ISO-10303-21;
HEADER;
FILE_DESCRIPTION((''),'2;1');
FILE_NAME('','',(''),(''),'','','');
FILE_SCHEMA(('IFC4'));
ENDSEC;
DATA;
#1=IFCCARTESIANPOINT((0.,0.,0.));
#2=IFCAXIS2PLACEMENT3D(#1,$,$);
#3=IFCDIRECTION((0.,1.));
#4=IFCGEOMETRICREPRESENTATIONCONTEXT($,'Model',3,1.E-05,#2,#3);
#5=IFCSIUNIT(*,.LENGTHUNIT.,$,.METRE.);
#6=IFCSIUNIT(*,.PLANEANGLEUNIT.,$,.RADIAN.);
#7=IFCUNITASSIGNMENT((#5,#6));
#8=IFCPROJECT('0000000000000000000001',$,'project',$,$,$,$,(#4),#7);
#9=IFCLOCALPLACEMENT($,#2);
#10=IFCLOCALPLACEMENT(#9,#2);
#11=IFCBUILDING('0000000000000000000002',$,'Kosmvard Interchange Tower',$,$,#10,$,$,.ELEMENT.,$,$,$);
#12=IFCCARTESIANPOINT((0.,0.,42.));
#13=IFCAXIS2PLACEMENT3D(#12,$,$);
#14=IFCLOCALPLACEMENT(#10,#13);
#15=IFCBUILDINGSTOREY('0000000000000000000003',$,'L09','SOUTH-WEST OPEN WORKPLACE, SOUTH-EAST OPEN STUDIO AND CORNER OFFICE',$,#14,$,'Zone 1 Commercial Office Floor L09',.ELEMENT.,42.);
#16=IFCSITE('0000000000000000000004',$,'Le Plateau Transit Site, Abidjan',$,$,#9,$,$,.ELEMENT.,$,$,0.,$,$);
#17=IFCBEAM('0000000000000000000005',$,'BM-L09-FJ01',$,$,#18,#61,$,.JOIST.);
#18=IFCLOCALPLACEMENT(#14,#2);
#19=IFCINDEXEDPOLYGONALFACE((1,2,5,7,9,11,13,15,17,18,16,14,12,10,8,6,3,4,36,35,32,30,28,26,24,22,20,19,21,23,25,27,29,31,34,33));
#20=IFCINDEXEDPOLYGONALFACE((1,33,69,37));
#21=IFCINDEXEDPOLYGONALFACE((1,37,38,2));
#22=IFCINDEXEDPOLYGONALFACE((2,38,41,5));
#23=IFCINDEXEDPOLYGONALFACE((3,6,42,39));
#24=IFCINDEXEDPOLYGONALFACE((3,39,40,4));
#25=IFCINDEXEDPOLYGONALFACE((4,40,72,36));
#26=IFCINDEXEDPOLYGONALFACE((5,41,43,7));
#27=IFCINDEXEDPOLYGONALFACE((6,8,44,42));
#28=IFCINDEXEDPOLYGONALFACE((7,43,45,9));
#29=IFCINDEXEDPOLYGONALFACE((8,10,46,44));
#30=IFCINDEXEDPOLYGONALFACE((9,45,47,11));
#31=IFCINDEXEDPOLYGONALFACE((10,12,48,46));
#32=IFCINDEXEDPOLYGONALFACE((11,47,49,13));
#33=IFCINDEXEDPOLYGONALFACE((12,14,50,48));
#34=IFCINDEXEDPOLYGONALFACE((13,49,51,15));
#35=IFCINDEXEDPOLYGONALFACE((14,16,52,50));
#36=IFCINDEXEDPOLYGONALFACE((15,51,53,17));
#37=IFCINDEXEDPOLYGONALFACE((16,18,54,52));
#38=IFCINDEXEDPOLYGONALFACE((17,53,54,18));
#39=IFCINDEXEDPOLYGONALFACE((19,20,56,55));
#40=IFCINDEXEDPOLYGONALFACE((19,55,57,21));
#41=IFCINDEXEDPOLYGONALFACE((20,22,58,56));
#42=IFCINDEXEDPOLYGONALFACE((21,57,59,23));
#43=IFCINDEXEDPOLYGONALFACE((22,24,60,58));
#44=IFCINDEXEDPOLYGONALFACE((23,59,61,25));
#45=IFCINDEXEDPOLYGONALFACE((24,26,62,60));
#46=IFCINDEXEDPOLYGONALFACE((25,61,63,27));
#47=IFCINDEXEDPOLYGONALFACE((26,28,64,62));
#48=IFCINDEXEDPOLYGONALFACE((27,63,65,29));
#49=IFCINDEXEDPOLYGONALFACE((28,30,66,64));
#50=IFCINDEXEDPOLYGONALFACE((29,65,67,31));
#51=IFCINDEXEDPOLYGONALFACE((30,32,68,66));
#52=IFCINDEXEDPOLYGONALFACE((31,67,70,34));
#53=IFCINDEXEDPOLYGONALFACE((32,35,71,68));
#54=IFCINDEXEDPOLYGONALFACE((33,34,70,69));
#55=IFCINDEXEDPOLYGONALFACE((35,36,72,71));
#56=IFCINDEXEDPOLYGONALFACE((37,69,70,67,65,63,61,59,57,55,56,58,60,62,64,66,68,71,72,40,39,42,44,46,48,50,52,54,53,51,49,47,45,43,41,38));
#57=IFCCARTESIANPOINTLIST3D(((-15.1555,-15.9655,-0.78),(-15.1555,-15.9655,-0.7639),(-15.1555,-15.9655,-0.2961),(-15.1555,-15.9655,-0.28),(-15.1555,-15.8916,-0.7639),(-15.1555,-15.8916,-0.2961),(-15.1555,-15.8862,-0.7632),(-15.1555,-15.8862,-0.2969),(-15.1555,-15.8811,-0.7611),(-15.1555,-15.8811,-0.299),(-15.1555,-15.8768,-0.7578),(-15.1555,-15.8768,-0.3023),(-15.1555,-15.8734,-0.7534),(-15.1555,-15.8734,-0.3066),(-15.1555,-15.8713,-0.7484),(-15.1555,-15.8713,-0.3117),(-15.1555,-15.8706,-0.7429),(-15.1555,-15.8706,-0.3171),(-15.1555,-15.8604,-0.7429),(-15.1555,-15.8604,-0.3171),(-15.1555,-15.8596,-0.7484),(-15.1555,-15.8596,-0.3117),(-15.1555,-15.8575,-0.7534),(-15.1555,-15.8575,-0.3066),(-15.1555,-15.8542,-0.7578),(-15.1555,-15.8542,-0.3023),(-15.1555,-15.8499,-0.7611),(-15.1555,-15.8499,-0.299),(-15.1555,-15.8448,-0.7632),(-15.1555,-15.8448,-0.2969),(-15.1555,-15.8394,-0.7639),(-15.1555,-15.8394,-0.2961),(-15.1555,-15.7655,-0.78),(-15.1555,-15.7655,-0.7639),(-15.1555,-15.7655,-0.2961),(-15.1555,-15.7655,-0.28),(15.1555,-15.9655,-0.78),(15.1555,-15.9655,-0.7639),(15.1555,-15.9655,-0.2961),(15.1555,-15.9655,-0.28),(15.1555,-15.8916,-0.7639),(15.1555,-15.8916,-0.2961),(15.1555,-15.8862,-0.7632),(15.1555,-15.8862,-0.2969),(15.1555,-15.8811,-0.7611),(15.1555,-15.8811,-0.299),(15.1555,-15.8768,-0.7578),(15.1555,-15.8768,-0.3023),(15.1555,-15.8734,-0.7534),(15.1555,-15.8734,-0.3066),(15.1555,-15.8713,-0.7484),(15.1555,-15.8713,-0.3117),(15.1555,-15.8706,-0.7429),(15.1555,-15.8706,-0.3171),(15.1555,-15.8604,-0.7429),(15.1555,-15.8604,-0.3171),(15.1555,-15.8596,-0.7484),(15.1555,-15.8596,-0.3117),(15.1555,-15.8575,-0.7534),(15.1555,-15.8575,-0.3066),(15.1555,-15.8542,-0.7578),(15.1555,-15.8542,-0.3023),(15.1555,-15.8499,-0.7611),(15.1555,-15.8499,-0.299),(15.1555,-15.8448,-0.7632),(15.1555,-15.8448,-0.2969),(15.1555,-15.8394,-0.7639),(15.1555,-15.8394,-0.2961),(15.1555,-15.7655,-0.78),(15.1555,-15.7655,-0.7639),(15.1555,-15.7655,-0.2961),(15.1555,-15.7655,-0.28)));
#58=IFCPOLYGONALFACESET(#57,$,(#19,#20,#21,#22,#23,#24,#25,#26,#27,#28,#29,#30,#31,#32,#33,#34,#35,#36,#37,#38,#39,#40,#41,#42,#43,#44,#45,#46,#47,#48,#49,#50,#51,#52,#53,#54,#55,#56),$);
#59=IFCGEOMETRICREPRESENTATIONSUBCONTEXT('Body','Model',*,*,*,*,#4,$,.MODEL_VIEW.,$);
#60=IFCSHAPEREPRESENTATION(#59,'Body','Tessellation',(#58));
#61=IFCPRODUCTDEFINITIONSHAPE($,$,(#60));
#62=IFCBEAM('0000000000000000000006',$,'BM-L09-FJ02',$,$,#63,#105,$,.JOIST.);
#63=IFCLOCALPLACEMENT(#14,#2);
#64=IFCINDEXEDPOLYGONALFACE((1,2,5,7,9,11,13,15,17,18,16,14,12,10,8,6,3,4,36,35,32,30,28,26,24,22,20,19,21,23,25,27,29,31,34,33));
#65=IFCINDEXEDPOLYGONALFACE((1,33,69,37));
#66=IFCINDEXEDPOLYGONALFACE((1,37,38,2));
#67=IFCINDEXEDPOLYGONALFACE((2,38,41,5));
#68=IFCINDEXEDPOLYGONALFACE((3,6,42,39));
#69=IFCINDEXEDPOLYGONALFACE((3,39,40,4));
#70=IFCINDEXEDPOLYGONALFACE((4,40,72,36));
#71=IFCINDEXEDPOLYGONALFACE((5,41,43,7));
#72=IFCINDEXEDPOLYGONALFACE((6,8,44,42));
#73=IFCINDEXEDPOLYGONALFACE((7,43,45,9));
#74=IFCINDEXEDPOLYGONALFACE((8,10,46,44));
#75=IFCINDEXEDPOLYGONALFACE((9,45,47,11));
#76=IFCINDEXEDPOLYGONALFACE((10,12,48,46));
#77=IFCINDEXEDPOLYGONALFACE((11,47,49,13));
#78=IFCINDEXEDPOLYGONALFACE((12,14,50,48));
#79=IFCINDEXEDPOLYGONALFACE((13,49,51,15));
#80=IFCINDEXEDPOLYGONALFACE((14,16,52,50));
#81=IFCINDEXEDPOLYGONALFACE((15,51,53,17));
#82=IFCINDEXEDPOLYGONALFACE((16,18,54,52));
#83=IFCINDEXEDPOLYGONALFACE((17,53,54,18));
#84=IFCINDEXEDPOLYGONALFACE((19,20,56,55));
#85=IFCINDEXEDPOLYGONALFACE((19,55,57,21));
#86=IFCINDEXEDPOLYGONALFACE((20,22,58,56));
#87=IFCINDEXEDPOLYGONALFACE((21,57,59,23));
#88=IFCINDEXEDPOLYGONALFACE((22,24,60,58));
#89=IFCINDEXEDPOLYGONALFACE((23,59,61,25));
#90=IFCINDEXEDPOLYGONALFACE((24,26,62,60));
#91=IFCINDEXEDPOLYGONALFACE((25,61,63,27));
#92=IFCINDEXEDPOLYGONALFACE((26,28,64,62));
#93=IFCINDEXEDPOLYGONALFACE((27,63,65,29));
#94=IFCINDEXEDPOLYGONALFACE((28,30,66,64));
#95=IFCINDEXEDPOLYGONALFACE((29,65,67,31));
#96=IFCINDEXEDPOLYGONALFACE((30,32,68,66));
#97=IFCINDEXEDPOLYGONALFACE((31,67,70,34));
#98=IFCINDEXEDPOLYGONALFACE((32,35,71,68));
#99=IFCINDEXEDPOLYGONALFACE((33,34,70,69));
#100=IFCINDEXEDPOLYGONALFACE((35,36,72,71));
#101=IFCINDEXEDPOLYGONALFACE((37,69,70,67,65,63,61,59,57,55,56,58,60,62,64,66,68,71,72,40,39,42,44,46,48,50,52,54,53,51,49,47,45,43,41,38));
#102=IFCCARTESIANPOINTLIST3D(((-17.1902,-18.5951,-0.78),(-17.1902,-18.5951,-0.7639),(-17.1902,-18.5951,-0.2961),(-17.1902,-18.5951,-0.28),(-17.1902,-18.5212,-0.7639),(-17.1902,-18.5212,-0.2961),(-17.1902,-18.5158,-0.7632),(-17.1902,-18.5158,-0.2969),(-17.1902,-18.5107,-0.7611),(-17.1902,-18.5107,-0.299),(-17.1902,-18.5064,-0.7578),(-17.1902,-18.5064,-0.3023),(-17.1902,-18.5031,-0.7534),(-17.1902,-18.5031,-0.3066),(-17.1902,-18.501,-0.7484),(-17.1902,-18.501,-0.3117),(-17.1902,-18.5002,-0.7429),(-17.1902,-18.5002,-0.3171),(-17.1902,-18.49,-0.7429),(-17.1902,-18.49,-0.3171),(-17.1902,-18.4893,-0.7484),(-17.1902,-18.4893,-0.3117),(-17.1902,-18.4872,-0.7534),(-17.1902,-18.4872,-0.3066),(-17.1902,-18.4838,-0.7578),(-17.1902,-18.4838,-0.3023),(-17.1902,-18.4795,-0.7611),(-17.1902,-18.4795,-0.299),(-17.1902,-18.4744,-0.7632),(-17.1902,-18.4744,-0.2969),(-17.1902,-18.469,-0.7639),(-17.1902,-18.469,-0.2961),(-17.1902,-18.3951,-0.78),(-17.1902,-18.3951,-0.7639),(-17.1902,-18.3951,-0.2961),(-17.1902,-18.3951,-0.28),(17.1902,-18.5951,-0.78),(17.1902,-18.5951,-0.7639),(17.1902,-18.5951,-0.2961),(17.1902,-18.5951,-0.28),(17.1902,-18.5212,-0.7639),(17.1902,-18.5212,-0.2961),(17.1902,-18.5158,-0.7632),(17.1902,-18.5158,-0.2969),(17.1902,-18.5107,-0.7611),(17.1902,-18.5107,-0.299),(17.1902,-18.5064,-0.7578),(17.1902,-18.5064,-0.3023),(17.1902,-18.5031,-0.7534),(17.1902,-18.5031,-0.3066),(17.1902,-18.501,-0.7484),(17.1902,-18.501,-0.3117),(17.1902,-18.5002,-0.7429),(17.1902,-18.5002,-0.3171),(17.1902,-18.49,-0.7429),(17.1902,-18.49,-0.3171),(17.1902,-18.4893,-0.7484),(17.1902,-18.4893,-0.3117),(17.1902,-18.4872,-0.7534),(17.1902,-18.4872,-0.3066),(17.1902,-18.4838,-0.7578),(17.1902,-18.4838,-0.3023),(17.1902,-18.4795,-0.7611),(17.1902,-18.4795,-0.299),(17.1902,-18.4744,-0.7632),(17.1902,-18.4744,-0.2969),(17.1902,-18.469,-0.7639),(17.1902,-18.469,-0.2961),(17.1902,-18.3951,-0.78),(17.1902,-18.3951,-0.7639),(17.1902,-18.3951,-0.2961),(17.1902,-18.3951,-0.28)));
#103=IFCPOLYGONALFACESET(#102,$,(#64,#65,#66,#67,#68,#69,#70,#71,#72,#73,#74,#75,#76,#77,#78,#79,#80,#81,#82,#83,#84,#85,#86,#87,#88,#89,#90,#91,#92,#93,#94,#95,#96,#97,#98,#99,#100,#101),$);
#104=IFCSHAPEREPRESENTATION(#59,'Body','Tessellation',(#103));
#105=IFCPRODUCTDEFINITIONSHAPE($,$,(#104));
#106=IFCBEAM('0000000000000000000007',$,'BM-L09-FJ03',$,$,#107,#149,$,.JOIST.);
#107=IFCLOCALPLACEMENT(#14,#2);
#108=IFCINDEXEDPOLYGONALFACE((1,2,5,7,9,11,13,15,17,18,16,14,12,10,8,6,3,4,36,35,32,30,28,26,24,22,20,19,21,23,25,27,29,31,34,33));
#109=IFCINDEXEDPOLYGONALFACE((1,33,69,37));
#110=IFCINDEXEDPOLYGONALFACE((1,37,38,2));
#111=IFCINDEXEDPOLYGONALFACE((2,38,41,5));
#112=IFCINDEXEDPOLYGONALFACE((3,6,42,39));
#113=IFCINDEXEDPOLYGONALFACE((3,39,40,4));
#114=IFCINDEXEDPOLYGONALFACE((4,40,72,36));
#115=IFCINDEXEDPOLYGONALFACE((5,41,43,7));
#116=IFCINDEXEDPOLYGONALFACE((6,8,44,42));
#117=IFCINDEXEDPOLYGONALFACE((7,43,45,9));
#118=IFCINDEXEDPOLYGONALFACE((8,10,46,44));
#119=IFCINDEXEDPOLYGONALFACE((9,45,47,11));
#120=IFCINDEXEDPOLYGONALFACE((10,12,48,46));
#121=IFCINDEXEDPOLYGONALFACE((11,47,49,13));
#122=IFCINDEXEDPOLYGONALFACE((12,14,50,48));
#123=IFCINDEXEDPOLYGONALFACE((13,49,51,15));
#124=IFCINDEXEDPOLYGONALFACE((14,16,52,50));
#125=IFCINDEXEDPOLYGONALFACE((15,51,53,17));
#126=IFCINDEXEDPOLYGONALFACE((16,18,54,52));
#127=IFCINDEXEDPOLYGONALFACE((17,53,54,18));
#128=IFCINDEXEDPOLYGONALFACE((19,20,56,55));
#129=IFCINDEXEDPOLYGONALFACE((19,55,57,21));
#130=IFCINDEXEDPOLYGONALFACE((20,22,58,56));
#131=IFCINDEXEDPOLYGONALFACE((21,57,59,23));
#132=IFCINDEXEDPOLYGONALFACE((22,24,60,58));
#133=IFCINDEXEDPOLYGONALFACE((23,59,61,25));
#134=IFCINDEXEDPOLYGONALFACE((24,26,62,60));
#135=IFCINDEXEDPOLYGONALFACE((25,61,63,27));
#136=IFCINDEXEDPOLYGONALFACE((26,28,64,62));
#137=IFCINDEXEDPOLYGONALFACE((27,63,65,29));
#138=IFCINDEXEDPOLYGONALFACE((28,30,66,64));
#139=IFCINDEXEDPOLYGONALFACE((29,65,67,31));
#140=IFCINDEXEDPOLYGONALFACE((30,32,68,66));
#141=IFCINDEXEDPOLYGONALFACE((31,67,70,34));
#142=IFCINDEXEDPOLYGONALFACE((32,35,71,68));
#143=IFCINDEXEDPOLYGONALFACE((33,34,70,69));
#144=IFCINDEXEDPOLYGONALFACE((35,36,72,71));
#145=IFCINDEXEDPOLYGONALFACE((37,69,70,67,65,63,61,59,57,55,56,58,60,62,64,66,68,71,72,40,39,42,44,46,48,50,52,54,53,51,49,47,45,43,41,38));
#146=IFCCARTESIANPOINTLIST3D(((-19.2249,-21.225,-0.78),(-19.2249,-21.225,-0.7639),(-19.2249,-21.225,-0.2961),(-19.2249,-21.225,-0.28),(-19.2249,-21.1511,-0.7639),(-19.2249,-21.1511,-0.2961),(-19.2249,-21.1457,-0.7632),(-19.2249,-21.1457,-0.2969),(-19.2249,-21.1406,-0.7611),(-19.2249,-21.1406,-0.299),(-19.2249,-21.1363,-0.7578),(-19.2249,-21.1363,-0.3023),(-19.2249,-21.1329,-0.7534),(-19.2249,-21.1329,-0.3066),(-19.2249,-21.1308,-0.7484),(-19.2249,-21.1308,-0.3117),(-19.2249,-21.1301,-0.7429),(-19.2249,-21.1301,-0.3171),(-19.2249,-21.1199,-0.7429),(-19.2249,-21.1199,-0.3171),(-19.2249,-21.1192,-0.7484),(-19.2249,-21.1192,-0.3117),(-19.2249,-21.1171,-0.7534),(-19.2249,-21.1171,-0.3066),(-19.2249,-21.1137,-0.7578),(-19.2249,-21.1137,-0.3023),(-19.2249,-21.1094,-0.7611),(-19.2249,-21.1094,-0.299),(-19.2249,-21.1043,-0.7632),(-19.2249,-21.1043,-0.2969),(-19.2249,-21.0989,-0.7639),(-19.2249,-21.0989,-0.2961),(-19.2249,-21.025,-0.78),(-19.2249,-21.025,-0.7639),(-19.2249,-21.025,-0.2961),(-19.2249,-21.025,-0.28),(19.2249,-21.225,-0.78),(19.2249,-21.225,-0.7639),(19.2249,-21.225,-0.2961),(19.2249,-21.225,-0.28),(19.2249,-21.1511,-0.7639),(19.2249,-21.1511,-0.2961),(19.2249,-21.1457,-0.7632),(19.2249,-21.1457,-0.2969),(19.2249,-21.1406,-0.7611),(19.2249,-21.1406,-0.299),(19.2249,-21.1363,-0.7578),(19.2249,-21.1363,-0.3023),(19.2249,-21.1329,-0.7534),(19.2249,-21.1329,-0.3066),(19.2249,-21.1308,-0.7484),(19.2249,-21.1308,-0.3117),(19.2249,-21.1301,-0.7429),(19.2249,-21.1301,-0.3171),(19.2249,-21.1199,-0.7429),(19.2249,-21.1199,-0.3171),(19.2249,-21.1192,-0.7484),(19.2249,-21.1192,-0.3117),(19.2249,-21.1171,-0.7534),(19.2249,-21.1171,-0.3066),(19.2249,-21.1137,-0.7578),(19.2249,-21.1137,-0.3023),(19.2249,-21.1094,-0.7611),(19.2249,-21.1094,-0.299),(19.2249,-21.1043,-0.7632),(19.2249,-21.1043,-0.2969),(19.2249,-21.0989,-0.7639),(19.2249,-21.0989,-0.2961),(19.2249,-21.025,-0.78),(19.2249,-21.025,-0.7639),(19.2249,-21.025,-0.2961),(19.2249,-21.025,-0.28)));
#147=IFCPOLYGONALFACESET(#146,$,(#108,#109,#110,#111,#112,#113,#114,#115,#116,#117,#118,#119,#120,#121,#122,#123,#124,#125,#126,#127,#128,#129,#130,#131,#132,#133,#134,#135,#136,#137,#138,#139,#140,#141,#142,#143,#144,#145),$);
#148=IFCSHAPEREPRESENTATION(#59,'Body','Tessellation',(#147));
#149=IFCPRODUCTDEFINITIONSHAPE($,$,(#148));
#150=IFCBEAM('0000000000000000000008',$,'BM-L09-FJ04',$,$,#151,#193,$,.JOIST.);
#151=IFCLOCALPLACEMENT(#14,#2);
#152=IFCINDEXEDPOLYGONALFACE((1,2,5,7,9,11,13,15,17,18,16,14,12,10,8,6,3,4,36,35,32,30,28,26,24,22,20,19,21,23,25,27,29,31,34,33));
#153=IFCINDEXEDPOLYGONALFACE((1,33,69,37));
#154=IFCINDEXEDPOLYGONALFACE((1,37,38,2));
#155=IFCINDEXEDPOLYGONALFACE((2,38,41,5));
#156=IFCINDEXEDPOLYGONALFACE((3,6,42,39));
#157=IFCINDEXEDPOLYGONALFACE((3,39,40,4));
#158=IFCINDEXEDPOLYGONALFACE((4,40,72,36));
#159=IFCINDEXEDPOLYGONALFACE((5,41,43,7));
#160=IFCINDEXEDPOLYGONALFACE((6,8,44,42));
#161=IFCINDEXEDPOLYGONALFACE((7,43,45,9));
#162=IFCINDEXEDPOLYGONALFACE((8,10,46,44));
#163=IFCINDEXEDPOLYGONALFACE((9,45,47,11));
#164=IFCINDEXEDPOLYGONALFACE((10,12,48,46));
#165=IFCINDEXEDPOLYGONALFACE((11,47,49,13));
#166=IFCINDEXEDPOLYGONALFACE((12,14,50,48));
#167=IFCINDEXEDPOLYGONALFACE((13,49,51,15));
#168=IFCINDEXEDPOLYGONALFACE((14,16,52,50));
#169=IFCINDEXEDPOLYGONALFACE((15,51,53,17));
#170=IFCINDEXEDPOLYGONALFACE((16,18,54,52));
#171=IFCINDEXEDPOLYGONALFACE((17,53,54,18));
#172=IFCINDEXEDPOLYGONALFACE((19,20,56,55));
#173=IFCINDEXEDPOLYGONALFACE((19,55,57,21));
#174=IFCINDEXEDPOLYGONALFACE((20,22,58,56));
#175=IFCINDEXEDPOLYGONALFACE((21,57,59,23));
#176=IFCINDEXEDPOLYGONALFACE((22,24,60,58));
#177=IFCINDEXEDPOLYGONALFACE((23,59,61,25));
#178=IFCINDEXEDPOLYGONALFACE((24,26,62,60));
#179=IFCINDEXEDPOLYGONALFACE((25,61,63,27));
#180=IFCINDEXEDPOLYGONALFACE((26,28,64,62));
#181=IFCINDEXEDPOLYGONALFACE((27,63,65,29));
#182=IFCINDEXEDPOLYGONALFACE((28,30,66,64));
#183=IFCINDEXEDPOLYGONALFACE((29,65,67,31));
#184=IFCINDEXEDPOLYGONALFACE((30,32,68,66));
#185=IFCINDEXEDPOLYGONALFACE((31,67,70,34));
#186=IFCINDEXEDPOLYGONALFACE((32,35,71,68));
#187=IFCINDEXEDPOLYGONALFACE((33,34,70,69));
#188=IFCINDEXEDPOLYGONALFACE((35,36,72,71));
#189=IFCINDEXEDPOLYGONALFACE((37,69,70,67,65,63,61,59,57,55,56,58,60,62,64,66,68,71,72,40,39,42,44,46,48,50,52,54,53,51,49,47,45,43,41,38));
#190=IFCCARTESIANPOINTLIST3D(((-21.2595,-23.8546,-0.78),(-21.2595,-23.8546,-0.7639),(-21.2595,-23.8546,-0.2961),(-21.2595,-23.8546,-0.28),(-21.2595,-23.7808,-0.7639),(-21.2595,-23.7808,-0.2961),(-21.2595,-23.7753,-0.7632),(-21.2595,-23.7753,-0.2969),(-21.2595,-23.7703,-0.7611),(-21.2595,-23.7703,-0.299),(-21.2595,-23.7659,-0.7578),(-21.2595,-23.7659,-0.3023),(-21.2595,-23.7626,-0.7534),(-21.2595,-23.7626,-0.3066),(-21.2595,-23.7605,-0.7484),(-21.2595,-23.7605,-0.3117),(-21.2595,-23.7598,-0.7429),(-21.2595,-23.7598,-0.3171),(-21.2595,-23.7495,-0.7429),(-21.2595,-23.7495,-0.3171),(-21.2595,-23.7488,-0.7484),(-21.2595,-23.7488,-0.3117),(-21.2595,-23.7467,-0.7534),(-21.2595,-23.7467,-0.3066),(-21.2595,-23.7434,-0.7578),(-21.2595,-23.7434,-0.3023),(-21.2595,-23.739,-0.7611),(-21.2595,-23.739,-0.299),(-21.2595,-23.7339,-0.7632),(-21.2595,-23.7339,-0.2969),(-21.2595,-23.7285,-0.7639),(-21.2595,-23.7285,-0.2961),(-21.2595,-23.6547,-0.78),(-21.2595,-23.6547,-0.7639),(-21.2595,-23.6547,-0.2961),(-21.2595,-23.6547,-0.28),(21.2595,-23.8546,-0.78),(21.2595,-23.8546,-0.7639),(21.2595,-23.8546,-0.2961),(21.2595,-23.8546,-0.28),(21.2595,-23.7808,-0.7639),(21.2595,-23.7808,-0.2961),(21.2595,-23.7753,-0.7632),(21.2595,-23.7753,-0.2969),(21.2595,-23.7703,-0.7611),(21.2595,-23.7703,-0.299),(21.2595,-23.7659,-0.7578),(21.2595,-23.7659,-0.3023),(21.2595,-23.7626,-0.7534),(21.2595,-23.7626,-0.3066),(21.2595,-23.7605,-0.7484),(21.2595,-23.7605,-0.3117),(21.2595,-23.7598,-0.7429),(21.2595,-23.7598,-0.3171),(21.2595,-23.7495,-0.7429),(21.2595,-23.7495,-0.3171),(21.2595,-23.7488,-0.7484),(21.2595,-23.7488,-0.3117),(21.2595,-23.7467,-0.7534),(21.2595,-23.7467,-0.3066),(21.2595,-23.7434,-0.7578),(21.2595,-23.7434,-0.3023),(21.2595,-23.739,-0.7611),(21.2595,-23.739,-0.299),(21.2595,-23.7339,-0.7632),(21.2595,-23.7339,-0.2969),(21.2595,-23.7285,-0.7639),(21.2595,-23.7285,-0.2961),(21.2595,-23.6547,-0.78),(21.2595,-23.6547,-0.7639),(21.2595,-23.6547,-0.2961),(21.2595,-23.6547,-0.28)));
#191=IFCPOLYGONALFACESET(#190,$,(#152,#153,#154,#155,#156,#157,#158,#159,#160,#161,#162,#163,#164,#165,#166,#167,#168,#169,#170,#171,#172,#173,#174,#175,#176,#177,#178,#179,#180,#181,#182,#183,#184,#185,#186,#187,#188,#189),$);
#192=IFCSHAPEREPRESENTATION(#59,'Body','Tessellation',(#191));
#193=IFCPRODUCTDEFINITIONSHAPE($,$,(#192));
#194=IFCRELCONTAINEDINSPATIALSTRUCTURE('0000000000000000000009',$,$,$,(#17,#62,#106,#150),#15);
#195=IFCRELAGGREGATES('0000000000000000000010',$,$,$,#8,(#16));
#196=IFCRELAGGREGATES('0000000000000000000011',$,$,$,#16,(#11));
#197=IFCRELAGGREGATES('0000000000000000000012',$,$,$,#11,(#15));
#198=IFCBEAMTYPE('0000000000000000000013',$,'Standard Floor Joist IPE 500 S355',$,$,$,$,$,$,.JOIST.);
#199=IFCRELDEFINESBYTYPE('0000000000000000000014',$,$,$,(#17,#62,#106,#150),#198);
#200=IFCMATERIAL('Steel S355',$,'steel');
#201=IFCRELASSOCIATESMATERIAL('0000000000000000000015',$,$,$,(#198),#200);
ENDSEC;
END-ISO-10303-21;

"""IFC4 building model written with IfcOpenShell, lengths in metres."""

from ifc_helpers import new_model, si_unit, direction, frame, origin, origin_2d, place, context, subcontext, project, spatial, i_section, extrude, source, transform, mapped, material, material_profile, profile_set, type_object, element, save


model = new_model("IFC4")

# Units and contexts
model_context = context("Model", 3, precision=1e-05, world=origin(), true_north=direction((0.0, 1.0)))
body_context = subcontext(model_context, "Body", "Model", "MODEL_VIEW")
ifc_project = project(units=[si_unit("LENGTHUNIT", "METRE"), si_unit("PLANEANGLEUNIT", "RADIAN")], contexts=[model_context])

# Site, building, storey
site_placement = place(None, origin())
site = spatial("IfcSite", under=ifc_project, at=site_placement, Name="Le Plateau Transit Site, Abidjan", CompositionType="ELEMENT", RefElevation=0.0)
building_placement = place(site_placement, origin())
building = spatial("IfcBuilding", under=site, at=building_placement, Name="Kosmvard Interchange Tower", CompositionType="ELEMENT")
storey_placement = place(building_placement, frame((0.0, 0.0, 42.0)))
storey = spatial("IfcBuildingStorey", under=building, at=storey_placement, Name="L09", Description="SOUTH-WEST OPEN WORKPLACE, SOUTH-EAST OPEN STUDIO AND CORNER OFFICE", LongName="Zone 1 Commercial Office Floor L09", CompositionType="ELEMENT", Elevation=42.0)

# Beams
ifc_material_1 = material(Name="Steel S355", Category="steel")
ifc_material_profile_1 = material_profile(ifc_material_1, i_section(OverallWidth=0.2, OverallDepth=0.5, WebThickness=0.0103, FlangeThickness=0.0161, FilletRadius=0.021, at=origin_2d()), Name="IPE 500")
ifc_profile_set_1 = profile_set([ifc_material_profile_1], Name="Steel S355")
beam_type_1 = type_object("IfcBeamType", Name="Standard Floor Joist IPE 500 S355", PredefinedType="JOIST", material=ifc_profile_set_1)
shared_shape_1 = source(origin(), body_context, "Body", "SweptSolid", [
    extrude(i_section(OverallWidth=0.2, OverallDepth=0.5, WebThickness=0.0103, FlangeThickness=0.0161, FilletRadius=0.021, at=origin_2d()), origin(), (0.0, 0.0, 1.0), 30.311),
])
beam_1_placement = place(storey_placement, frame((-15.1555, -15.8655, -0.53), z_axis=(1.0, 0.0, 0.0), x_axis=(0.0, 1.0, 0.0)))
element("IfcBeam", 1, at=beam_1_placement, inside=storey, type_object=beam_type_1, Name="BM-L09-FJ01", PredefinedType="JOIST", context=body_context, shape_type="MappedRepresentation", body=[
    mapped(shared_shape_1, transform((0.0, 0.0, 0.0), scale=1.0)),
])
shared_shape_2 = source(origin(), body_context, "Body", "SweptSolid", [
    extrude(i_section(OverallWidth=0.2, OverallDepth=0.5, WebThickness=0.0103, FlangeThickness=0.0161, FilletRadius=0.021, at=origin_2d()), origin(), (0.0, 0.0, 1.0), 34.3804),
])
beam_2_placement = place(storey_placement, frame((-17.1902, -18.4951, -0.53), z_axis=(1.0, 0.0, 0.0), x_axis=(0.0, 1.0, 0.0)))
element("IfcBeam", 2, at=beam_2_placement, inside=storey, type_object=beam_type_1, Name="BM-L09-FJ02", PredefinedType="JOIST", context=body_context, shape_type="MappedRepresentation", body=[
    mapped(shared_shape_2, transform((0.0, 0.0, 0.0), scale=1.0)),
])
shared_shape_3 = source(origin(), body_context, "Body", "SweptSolid", [
    extrude(i_section(OverallWidth=0.2, OverallDepth=0.5, WebThickness=0.0103, FlangeThickness=0.0161, FilletRadius=0.021, at=origin_2d()), origin(), (0.0, 0.0, 1.0), 38.4497),
])
beam_3_placement = place(storey_placement, frame((-19.2249, -21.125, -0.53), z_axis=(1.0, 0.0, 0.0), x_axis=(0.0, 1.0, 0.0)))
element("IfcBeam", 3, at=beam_3_placement, inside=storey, type_object=beam_type_1, Name="BM-L09-FJ03", PredefinedType="JOIST", context=body_context, shape_type="MappedRepresentation", body=[
    mapped(shared_shape_3, transform((0.0, 0.0, 0.0), scale=1.0)),
])
shared_shape_4 = source(origin(), body_context, "Body", "SweptSolid", [
    extrude(i_section(OverallWidth=0.2, OverallDepth=0.5, WebThickness=0.0103, FlangeThickness=0.0161, FilletRadius=0.021, at=origin_2d()), origin(), (0.0, 0.0, 1.0), 42.519),
])
beam_4_placement = place(storey_placement, frame((-21.2595, -23.7546, -0.53), z_axis=(1.0, 0.0, 0.0), x_axis=(0.0, 1.0, 0.0)))
element("IfcBeam", 4, at=beam_4_placement, inside=storey, type_object=beam_type_1, Name="BM-L09-FJ04", PredefinedType="JOIST", context=body_context, shape_type="MappedRepresentation", body=[
    mapped(shared_shape_4, transform((0.0, 0.0, 0.0), scale=1.0)),
])

save(model, "model.ifc")
